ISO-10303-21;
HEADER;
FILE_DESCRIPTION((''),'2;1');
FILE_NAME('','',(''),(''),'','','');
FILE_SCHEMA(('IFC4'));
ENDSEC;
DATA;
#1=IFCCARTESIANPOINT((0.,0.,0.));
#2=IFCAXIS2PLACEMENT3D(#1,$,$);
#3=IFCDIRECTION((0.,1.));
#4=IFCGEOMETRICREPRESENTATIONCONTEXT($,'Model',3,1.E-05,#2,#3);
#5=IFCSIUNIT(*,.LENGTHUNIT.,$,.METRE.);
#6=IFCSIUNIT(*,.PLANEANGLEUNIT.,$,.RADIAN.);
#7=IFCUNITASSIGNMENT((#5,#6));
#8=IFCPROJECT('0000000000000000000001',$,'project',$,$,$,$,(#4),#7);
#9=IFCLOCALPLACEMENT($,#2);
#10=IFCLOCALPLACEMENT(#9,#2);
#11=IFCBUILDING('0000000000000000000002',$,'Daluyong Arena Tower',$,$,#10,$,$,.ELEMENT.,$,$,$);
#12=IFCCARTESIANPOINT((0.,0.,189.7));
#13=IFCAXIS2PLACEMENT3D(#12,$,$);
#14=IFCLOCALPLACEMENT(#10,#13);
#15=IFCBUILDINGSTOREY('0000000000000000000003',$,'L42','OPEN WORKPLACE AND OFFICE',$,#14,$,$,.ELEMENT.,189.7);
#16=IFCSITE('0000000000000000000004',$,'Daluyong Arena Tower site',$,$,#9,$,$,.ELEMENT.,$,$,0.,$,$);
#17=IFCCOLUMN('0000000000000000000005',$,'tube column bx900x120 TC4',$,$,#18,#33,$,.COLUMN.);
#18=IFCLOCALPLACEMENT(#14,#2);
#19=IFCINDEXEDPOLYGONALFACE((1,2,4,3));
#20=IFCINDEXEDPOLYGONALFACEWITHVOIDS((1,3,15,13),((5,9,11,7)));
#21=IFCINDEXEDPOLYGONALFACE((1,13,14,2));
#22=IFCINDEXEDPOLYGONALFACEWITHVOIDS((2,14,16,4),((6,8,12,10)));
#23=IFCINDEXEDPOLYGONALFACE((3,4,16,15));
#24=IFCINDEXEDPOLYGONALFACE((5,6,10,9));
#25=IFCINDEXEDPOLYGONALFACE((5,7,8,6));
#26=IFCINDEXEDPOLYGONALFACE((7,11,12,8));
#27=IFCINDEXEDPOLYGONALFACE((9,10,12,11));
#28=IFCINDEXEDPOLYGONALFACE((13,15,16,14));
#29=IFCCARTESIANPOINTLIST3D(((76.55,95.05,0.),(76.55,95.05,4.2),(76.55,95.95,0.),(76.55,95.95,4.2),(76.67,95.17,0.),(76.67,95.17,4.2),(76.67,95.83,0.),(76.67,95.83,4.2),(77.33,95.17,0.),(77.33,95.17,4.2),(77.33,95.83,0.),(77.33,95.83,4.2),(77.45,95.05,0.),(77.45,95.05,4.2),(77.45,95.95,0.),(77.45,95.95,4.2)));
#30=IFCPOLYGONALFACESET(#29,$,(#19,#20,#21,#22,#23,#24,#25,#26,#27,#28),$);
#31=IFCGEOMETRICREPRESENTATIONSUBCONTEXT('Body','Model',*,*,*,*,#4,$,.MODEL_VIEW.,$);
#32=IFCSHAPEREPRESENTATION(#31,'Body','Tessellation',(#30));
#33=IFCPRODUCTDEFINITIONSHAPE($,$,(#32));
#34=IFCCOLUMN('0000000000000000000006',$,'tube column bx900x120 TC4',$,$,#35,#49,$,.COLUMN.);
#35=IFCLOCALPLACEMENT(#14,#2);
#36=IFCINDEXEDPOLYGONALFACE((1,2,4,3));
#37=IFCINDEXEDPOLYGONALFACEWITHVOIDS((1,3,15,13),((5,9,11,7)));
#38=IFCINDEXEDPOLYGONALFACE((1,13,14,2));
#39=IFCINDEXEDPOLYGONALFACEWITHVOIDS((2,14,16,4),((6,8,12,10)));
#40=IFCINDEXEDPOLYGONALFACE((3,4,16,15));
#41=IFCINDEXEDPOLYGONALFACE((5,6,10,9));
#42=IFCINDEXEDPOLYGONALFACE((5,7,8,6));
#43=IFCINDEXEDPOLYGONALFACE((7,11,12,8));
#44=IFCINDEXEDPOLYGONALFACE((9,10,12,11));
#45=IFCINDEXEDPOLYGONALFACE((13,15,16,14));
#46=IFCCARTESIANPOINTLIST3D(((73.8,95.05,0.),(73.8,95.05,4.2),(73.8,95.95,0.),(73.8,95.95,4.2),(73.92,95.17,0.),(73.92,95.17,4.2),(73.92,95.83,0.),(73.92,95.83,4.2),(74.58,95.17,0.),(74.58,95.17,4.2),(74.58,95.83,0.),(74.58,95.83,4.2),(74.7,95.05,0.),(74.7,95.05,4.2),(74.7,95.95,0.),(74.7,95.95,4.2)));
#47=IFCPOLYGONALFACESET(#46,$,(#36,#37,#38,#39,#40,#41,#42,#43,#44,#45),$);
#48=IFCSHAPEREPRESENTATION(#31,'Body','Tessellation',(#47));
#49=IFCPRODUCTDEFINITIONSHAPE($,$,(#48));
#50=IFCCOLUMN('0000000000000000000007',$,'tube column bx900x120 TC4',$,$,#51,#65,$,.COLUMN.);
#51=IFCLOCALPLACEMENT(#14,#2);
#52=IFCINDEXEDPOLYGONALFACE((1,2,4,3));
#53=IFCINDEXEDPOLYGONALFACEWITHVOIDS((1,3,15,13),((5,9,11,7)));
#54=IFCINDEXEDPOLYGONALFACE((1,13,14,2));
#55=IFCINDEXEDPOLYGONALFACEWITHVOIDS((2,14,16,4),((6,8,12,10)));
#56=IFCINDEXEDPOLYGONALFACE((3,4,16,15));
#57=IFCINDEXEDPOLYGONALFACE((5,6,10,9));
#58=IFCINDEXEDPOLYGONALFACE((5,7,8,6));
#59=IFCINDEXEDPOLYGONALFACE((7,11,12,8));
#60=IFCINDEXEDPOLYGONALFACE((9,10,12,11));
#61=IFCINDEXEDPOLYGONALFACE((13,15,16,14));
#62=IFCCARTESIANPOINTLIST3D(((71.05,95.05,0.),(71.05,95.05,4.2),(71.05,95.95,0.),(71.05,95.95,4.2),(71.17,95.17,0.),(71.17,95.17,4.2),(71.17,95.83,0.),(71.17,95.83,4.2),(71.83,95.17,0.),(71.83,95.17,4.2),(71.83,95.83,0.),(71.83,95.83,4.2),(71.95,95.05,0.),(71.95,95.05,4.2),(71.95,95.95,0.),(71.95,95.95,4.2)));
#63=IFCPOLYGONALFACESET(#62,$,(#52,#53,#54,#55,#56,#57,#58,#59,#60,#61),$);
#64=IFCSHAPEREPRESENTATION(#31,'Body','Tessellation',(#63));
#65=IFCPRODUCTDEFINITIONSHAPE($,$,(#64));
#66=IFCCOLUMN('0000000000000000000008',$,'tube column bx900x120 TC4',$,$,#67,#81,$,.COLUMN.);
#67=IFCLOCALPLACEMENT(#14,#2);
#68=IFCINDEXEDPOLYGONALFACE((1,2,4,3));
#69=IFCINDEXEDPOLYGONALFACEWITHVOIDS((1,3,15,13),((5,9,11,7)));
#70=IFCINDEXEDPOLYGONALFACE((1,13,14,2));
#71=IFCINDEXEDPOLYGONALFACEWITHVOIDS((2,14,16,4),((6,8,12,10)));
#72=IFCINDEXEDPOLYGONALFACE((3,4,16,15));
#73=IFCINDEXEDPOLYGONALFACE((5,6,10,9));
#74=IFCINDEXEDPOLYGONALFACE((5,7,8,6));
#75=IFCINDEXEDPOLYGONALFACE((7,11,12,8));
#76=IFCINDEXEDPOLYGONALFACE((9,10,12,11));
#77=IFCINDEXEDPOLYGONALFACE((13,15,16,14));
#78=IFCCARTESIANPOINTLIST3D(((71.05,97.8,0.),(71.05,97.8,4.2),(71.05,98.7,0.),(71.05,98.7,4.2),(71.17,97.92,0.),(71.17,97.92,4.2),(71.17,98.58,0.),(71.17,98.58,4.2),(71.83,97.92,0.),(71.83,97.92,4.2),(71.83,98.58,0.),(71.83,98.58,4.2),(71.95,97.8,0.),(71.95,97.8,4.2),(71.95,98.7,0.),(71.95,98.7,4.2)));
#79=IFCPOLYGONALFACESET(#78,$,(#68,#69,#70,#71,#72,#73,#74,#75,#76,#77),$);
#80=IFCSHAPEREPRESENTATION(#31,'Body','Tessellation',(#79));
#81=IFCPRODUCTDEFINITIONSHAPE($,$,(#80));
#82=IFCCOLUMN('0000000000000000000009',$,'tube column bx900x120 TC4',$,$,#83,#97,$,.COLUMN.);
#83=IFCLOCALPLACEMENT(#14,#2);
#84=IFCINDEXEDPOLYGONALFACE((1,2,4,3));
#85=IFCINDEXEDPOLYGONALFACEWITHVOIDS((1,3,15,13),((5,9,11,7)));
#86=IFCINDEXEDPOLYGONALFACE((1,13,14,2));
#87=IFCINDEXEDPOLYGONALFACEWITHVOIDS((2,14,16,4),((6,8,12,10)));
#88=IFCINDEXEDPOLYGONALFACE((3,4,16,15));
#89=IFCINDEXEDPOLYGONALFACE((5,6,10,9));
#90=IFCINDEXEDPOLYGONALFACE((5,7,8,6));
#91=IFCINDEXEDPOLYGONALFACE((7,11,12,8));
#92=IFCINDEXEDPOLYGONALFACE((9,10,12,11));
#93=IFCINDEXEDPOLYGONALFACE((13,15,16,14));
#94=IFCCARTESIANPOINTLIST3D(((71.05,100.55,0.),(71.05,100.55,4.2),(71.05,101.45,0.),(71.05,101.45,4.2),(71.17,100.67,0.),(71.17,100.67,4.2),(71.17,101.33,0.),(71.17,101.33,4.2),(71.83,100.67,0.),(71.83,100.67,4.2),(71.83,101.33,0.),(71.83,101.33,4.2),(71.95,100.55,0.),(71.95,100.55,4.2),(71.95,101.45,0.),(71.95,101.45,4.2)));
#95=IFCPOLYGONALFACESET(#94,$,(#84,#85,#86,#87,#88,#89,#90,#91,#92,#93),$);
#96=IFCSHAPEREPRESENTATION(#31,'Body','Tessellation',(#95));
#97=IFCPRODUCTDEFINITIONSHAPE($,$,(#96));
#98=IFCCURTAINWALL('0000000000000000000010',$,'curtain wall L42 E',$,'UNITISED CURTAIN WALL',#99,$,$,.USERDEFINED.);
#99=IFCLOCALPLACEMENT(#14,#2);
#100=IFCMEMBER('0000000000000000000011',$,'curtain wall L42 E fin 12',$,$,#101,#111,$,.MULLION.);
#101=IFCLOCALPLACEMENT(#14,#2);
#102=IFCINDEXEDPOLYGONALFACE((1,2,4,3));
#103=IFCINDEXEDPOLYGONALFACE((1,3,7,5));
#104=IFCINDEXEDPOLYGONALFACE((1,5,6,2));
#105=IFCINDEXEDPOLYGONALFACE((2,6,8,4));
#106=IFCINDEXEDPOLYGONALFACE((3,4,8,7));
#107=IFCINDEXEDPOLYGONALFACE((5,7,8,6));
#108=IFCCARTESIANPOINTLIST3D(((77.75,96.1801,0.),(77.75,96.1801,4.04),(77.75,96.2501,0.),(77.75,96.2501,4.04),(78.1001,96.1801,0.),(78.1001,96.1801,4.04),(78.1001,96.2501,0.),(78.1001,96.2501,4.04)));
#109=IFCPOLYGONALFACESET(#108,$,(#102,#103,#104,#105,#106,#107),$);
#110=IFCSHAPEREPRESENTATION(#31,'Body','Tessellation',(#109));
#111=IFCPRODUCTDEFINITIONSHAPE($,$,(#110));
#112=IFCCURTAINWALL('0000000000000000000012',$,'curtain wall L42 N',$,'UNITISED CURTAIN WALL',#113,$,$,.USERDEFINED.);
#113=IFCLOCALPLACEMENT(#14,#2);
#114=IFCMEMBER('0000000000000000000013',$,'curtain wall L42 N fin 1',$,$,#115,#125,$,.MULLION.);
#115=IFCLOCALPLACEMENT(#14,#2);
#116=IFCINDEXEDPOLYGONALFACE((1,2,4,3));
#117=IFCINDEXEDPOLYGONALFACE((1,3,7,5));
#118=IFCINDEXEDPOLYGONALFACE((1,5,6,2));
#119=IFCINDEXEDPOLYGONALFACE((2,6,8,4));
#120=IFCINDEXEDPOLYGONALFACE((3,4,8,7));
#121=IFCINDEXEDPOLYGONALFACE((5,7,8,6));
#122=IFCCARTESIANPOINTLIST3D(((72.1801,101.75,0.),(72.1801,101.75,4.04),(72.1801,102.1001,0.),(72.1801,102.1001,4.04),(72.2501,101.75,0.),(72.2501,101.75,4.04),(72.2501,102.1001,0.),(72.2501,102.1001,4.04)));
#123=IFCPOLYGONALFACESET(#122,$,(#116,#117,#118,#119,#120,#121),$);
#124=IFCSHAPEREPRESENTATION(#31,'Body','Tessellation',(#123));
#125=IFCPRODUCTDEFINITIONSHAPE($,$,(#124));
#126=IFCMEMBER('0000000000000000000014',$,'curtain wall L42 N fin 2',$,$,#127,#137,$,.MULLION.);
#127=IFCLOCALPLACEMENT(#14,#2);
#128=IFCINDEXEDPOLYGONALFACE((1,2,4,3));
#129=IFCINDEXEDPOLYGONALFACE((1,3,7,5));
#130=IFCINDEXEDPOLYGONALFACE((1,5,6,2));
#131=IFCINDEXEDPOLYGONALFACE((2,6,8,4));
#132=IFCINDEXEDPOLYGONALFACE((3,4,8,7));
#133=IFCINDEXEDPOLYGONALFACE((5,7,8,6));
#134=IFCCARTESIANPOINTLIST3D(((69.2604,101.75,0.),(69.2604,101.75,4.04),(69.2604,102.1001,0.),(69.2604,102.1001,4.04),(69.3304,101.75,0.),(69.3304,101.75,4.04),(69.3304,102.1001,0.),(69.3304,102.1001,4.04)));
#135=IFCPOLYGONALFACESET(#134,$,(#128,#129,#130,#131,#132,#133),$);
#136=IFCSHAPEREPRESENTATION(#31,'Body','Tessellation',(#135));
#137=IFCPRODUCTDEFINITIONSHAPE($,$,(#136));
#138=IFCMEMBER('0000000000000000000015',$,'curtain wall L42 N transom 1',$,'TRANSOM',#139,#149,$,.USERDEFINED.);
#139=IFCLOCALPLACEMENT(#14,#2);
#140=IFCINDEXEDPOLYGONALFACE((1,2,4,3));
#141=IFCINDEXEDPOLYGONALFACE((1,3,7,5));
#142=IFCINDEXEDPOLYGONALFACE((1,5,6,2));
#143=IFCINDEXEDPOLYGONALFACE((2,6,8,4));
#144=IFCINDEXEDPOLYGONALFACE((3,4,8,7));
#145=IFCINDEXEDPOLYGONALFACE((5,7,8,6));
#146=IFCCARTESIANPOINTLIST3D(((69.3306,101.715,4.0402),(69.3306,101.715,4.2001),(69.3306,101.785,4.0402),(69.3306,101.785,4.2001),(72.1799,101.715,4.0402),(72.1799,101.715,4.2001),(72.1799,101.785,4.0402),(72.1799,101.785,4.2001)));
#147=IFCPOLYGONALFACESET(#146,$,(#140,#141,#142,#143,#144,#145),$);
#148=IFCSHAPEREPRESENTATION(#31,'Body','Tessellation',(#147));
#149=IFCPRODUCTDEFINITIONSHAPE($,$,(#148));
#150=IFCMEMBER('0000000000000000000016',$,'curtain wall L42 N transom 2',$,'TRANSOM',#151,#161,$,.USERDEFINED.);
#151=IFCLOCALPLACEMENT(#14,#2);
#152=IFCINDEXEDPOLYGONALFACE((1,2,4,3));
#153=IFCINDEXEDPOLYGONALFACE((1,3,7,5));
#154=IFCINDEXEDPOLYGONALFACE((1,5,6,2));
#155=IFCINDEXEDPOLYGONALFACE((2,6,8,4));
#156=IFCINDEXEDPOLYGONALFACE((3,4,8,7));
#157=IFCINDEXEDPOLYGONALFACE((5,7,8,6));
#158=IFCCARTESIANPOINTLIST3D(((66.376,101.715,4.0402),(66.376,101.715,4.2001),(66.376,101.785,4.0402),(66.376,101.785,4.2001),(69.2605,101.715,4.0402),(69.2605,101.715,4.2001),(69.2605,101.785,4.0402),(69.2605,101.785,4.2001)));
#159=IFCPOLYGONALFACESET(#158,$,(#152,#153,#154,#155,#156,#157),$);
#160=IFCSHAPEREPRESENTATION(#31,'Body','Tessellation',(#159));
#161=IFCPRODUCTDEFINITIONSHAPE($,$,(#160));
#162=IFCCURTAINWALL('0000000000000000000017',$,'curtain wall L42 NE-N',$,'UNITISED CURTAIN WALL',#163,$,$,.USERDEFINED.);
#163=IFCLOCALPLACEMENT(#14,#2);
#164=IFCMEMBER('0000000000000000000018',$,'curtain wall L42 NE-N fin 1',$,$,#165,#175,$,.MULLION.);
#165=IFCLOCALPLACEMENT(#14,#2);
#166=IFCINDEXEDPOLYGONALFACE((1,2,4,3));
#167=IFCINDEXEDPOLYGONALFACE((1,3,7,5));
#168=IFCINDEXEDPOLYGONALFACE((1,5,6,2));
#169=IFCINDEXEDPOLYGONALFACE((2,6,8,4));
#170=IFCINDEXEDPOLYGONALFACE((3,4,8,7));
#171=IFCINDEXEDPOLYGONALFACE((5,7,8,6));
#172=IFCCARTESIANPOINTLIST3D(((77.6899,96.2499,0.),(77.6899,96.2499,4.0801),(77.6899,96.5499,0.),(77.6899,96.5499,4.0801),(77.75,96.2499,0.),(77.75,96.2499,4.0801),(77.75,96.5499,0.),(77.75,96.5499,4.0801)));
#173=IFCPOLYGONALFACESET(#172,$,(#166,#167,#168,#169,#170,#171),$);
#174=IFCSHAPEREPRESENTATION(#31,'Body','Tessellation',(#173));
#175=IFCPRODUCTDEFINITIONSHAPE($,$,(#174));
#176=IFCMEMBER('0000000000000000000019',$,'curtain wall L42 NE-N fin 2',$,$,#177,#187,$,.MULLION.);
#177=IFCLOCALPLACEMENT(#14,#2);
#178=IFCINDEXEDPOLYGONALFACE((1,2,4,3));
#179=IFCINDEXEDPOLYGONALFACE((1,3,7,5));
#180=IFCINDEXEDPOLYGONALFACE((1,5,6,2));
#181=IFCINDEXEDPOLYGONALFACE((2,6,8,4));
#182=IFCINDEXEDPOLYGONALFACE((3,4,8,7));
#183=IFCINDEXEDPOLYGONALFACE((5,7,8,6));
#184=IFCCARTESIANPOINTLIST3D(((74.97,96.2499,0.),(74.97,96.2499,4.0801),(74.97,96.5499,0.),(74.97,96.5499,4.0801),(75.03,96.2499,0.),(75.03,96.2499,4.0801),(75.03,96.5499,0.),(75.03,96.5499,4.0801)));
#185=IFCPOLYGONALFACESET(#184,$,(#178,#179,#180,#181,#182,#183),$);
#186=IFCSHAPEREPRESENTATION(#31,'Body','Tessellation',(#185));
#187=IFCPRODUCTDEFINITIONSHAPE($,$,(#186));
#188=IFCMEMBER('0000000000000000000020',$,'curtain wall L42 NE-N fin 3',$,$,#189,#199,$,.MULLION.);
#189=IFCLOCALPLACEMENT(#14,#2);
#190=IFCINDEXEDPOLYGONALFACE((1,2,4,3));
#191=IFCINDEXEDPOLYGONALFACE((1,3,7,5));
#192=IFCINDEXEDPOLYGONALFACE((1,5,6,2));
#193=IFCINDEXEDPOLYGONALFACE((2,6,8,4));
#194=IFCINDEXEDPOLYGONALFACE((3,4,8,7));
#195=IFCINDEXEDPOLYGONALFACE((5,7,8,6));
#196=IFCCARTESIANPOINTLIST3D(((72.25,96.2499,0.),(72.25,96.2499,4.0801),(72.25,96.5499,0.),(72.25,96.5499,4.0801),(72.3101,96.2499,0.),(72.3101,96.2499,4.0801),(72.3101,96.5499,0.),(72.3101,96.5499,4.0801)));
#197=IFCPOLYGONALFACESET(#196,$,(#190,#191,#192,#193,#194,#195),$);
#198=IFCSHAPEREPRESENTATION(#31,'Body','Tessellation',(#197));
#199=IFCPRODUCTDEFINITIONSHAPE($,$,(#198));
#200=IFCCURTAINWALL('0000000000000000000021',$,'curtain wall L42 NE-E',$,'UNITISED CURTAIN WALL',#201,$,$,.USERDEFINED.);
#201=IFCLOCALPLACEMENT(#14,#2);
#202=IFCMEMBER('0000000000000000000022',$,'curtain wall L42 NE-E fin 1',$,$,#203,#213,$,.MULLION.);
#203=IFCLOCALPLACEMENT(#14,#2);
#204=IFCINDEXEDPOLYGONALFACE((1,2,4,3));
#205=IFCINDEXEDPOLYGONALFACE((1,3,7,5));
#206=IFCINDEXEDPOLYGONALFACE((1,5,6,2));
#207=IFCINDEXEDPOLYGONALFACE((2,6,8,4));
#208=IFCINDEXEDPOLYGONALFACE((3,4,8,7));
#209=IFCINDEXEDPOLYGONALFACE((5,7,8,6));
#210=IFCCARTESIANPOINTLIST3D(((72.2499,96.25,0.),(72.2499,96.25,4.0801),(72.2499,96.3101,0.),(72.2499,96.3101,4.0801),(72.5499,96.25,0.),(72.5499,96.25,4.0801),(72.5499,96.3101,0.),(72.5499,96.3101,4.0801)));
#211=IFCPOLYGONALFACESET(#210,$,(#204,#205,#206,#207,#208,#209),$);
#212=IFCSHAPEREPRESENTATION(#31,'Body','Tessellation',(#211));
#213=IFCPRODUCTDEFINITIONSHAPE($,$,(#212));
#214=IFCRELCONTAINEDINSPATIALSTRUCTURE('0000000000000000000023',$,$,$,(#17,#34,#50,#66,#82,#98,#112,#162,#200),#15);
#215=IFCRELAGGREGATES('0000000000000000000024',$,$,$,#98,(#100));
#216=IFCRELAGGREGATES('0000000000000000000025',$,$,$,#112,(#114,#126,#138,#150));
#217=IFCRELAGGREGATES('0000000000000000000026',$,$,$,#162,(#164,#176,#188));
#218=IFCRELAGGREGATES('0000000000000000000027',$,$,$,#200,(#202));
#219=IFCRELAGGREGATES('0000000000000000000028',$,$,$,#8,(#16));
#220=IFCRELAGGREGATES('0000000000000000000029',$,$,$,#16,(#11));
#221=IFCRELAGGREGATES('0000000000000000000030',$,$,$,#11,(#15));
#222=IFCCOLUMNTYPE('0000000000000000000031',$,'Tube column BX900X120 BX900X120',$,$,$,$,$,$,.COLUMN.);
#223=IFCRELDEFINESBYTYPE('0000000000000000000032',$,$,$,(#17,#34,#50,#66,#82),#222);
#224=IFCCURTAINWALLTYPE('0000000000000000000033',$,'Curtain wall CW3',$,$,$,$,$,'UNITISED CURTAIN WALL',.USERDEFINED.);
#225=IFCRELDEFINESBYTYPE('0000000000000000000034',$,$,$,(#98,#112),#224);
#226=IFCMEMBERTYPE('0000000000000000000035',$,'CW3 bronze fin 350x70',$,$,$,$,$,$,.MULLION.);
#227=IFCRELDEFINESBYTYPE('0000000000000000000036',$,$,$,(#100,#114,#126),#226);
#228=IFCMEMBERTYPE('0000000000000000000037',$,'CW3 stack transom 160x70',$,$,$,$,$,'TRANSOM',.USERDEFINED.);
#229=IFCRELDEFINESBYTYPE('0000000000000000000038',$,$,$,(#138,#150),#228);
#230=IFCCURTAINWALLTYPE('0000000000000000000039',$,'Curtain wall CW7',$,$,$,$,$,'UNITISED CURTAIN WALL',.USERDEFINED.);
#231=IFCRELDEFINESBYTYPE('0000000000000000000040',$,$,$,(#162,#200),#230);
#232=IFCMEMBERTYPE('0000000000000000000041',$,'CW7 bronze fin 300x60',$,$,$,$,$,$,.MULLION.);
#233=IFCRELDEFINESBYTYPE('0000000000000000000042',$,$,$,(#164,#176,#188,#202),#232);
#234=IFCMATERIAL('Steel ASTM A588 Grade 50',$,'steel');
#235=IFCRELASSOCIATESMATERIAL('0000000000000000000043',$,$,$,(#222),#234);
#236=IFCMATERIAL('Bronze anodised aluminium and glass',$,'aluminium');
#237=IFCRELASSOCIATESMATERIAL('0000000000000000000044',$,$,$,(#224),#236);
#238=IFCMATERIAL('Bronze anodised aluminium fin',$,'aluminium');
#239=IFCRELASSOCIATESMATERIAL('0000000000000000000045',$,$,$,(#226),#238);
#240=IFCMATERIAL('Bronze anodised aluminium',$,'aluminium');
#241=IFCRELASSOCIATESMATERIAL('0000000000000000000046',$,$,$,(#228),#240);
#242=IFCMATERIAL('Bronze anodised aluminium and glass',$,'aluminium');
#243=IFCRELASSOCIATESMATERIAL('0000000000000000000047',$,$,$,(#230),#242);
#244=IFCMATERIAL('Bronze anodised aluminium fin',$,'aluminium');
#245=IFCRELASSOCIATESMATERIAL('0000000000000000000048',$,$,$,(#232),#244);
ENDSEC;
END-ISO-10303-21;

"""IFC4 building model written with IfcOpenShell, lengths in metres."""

from ifc_helpers import new_model, si_unit, direction, frame, origin, origin_2d, place, context, subcontext, project, spatial, rectangle, hollow_rectangle, extrude, material, material_profile, profile_set, type_object, element, aggregate, save


model = new_model("IFC4")

# Units and contexts
model_context = context("Model", 3, precision=1e-05, world=origin(), true_north=direction((0.0, 1.0)))
body_context = subcontext(model_context, "Body", "Model", "MODEL_VIEW")
ifc_project = project(units=[si_unit("LENGTHUNIT", "METRE"), si_unit("PLANEANGLEUNIT", "RADIAN")], contexts=[model_context])

# Site, building, storey
site_placement = place(None, origin())
site = spatial("IfcSite", under=ifc_project, at=site_placement, Name="Daluyong Arena Tower site", CompositionType="ELEMENT", RefElevation=0.0)
building_placement = place(site_placement, origin())
building = spatial("IfcBuilding", under=site, at=building_placement, Name="Daluyong Arena Tower", CompositionType="ELEMENT")
storey_placement = place(building_placement, frame((0.0, 0.0, 189.7)))
storey = spatial("IfcBuildingStorey", under=building, at=storey_placement, Name="L42", Description="OPEN WORKPLACE AND OFFICE", CompositionType="ELEMENT", Elevation=189.7)

# Columns
ifc_material_1 = material(Name="Steel ASTM A588 Grade 50", Category="steel")
ifc_material_profile_1 = material_profile(ifc_material_1, hollow_rectangle(XDim=0.8999, YDim=0.8999, WallThickness=0.12, at=origin_2d()))
ifc_profile_set_1 = profile_set([ifc_material_profile_1], Name="Steel ASTM A588 Grade 50")
column_type = type_object("IfcColumnType", Name="Tube column BX900X120 BX900X120", PredefinedType="COLUMN", material=ifc_profile_set_1)
for number, where, z_axis, x_axis, name in (
    (1, (77.0, 95.5, 0.0), (0.0, 0.0, 1.0), (1.0, 0.0, 0.0), "tube column bx900x120 TC4"),
    (2, (74.25, 95.5, 0.0), (0.0, 0.0, 1.0), (1.0, 0.0, 0.0), "tube column bx900x120 TC4"),
    (3, (71.5, 95.5, 0.0), (0.0, 0.0, 1.0), (0.0, 1.0, 0.0), "tube column bx900x120 TC4"),
    (4, (71.5, 98.25, 0.0), (0.0, 0.0, 1.0), (0.0, 1.0, 0.0), "tube column bx900x120 TC4"),
    (5, (71.5, 101.0, 0.0), (0.0, 0.0, 1.0), (1.0, 0.0, 0.0), "tube column bx900x120 TC4"),
):
    element("IfcColumn", number, at=place(storey_placement, frame(where, z_axis=z_axis, x_axis=x_axis)), inside=storey, type_object=column_type, Name=name, PredefinedType="COLUMN", context=body_context, shape_type="SweptSolid", body=[
        extrude(hollow_rectangle(XDim=0.8999, YDim=0.8999, WallThickness=0.12, at=origin_2d()), origin(), (0.0, 0.0, 1.0), 4.2),
    ])

# Curtain wall, member
ifc_material_2 = material(Name="Bronze anodised aluminium and glass", Category="aluminium")
curtain_wall_type_1 = type_object("IfcCurtainWallType", Name="Curtain wall CW3", ElementType="UNITISED CURTAIN WALL", PredefinedType="USERDEFINED", material=ifc_material_2)
curtain_wall_1_placement = place(storey_placement, origin())
curtain_wall_1 = element("IfcCurtainWall", 6, at=curtain_wall_1_placement, inside=storey, type_object=curtain_wall_type_1, Name="curtain wall L42 E", ObjectType="UNITISED CURTAIN WALL", PredefinedType="USERDEFINED")
ifc_material_3 = material(Name="Bronze anodised aluminium fin", Category="aluminium")
ifc_material_profile_2 = material_profile(ifc_material_3, rectangle(XDim=0.3501, YDim=0.0701, at=origin_2d()))
ifc_profile_set_2 = profile_set([ifc_material_profile_2], Name="Bronze anodised aluminium fin")
member_type_1 = type_object("IfcMemberType", Name="CW3 bronze fin 350x70", PredefinedType="MULLION", material=ifc_profile_set_2)
member_1_placement = place(storey_placement, frame((77.925, 96.2151, 0.0), z_axis=(0.0, 0.0, 1.0), x_axis=(-1.0, 0.0, 0.0)))
member_1 = element("IfcMember", 7, at=member_1_placement, type_object=member_type_1, Name="curtain wall L42 E fin 12", PredefinedType="MULLION", context=body_context, shape_type="SweptSolid", body=[
    extrude(rectangle(XDim=0.3501, YDim=0.0701, at=origin_2d()), origin(), (0.0, 0.0, 1.0), 4.04),
])
aggregate(curtain_wall_1, [member_1])

# Curtain walls, members
curtain_wall_2_placement = place(storey_placement, origin())
curtain_wall_2 = element("IfcCurtainWall", 8, at=curtain_wall_2_placement, inside=storey, type_object=curtain_wall_type_1, Name="curtain wall L42 N", ObjectType="UNITISED CURTAIN WALL", PredefinedType="USERDEFINED")
member_2_placement = place(storey_placement, frame((72.2151, 101.925, 0.0), z_axis=(0.0, 0.0, 1.0), x_axis=(0.0, -1.0, 0.0)))
member_2 = element("IfcMember", 9, at=member_2_placement, type_object=member_type_1, Name="curtain wall L42 N fin 1", PredefinedType="MULLION", context=body_context, shape_type="SweptSolid", body=[
    extrude(rectangle(XDim=0.3501, YDim=0.0701, at=origin_2d()), origin(), (0.0, 0.0, 1.0), 4.04),
])
member_3_placement = place(storey_placement, frame((69.2954, 101.925, 0.0), z_axis=(0.0, 0.0, 1.0), x_axis=(0.0, -1.0, 0.0)))
member_3 = element("IfcMember", 10, at=member_3_placement, type_object=member_type_1, Name="curtain wall L42 N fin 2", PredefinedType="MULLION", context=body_context, shape_type="SweptSolid", body=[
    extrude(rectangle(XDim=0.3501, YDim=0.0701, at=origin_2d()), origin(), (0.0, 0.0, 1.0), 4.04),
])
ifc_material_4 = material(Name="Bronze anodised aluminium", Category="aluminium")
ifc_material_profile_3 = material_profile(ifc_material_4, rectangle(XDim=0.0701, YDim=0.1599, at=origin_2d()))
ifc_profile_set_3 = profile_set([ifc_material_profile_3], Name="Bronze anodised aluminium")
member_type_2 = type_object("IfcMemberType", Name="CW3 stack transom 160x70", ElementType="TRANSOM", PredefinedType="USERDEFINED", material=ifc_profile_set_3)
member_4_placement = place(storey_placement, frame((72.1799, 101.75, 4.1201), z_axis=(-1.0, 0.0, 0.0), x_axis=(0.0, -1.0, 0.0)))
member_4 = element("IfcMember", 11, at=member_4_placement, type_object=member_type_2, Name="curtain wall L42 N transom 1", ObjectType="TRANSOM", PredefinedType="USERDEFINED", context=body_context, shape_type="SweptSolid", body=[
    extrude(rectangle(XDim=0.0701, YDim=0.1599, at=origin_2d()), origin(), (0.0, 0.0, 1.0), 2.8494),
])
member_5_placement = place(storey_placement, frame((69.2605, 101.75, 4.1201), z_axis=(-1.0, 0.0, 0.0), x_axis=(0.0, -1.0, 0.0)))
member_5 = element("IfcMember", 12, at=member_5_placement, type_object=member_type_2, Name="curtain wall L42 N transom 2", ObjectType="TRANSOM", PredefinedType="USERDEFINED", context=body_context, shape_type="SweptSolid", body=[
    extrude(rectangle(XDim=0.0701, YDim=0.1599, at=origin_2d()), origin(), (0.0, 0.0, 1.0), 2.8845),
])
ifc_material_5 = material(Name="Bronze anodised aluminium and glass", Category="aluminium")
curtain_wall_type_2 = type_object("IfcCurtainWallType", Name="Curtain wall CW7", ElementType="UNITISED CURTAIN WALL", PredefinedType="USERDEFINED", material=ifc_material_5)
curtain_wall_3_placement = place(storey_placement, origin())
curtain_wall_3 = element("IfcCurtainWall", 13, at=curtain_wall_3_placement, inside=storey, type_object=curtain_wall_type_2, Name="curtain wall L42 NE-N", ObjectType="UNITISED CURTAIN WALL", PredefinedType="USERDEFINED")
ifc_material_6 = material(Name="Bronze anodised aluminium fin", Category="aluminium")
ifc_material_profile_4 = material_profile(ifc_material_6, rectangle(XDim=0.3, YDim=0.0601, at=origin_2d()))
ifc_profile_set_4 = profile_set([ifc_material_profile_4], Name="Bronze anodised aluminium fin")
member_type_3 = type_object("IfcMemberType", Name="CW7 bronze fin 300x60", PredefinedType="MULLION", material=ifc_profile_set_4)
member_6_placement = place(storey_placement, frame((77.72, 96.3999, 0.0), z_axis=(0.0, 0.0, 1.0), x_axis=(0.0, -1.0, 0.0)))
member_6 = element("IfcMember", 14, at=member_6_placement, type_object=member_type_3, Name="curtain wall L42 NE-N fin 1", PredefinedType="MULLION", context=body_context, shape_type="SweptSolid", body=[
    extrude(rectangle(XDim=0.3, YDim=0.0601, at=origin_2d()), origin(), (0.0, 0.0, 1.0), 4.0801),
])
member_7_placement = place(storey_placement, frame((75.0, 96.3999, 0.0), z_axis=(0.0, 0.0, 1.0), x_axis=(0.0, -1.0, 0.0)))
member_7 = element("IfcMember", 15, at=member_7_placement, type_object=member_type_3, Name="curtain wall L42 NE-N fin 2", PredefinedType="MULLION", context=body_context, shape_type="SweptSolid", body=[
    extrude(rectangle(XDim=0.3, YDim=0.0601, at=origin_2d()), origin(), (0.0, 0.0, 1.0), 4.0801),
])
member_8_placement = place(storey_placement, frame((72.28, 96.3999, 0.0), z_axis=(0.0, 0.0, 1.0), x_axis=(0.0, -1.0, 0.0)))
member_8 = element("IfcMember", 16, at=member_8_placement, type_object=member_type_3, Name="curtain wall L42 NE-N fin 3", PredefinedType="MULLION", context=body_context, shape_type="SweptSolid", body=[
    extrude(rectangle(XDim=0.3, YDim=0.0601, at=origin_2d()), origin(), (0.0, 0.0, 1.0), 4.0801),
])
curtain_wall_4_placement = place(storey_placement, origin())
curtain_wall_4 = element("IfcCurtainWall", 17, at=curtain_wall_4_placement, inside=storey, type_object=curtain_wall_type_2, Name="curtain wall L42 NE-E", ObjectType="UNITISED CURTAIN WALL", PredefinedType="USERDEFINED")
member_9_placement = place(storey_placement, frame((72.3999, 96.28, 0.0), z_axis=(0.0, 0.0, 1.0), x_axis=(-1.0, 0.0, 0.0)))
member_9 = element("IfcMember", 18, at=member_9_placement, type_object=member_type_3, Name="curtain wall L42 NE-E fin 1", PredefinedType="MULLION", context=body_context, shape_type="SweptSolid", body=[
    extrude(rectangle(XDim=0.3, YDim=0.0601, at=origin_2d()), origin(), (0.0, 0.0, 1.0), 4.0801),
])

aggregate(curtain_wall_2, [member_2, member_3, member_4, member_5])
aggregate(curtain_wall_3, [member_6, member_7, member_8])
aggregate(curtain_wall_4, [member_9])

save(model, "model.ifc")
